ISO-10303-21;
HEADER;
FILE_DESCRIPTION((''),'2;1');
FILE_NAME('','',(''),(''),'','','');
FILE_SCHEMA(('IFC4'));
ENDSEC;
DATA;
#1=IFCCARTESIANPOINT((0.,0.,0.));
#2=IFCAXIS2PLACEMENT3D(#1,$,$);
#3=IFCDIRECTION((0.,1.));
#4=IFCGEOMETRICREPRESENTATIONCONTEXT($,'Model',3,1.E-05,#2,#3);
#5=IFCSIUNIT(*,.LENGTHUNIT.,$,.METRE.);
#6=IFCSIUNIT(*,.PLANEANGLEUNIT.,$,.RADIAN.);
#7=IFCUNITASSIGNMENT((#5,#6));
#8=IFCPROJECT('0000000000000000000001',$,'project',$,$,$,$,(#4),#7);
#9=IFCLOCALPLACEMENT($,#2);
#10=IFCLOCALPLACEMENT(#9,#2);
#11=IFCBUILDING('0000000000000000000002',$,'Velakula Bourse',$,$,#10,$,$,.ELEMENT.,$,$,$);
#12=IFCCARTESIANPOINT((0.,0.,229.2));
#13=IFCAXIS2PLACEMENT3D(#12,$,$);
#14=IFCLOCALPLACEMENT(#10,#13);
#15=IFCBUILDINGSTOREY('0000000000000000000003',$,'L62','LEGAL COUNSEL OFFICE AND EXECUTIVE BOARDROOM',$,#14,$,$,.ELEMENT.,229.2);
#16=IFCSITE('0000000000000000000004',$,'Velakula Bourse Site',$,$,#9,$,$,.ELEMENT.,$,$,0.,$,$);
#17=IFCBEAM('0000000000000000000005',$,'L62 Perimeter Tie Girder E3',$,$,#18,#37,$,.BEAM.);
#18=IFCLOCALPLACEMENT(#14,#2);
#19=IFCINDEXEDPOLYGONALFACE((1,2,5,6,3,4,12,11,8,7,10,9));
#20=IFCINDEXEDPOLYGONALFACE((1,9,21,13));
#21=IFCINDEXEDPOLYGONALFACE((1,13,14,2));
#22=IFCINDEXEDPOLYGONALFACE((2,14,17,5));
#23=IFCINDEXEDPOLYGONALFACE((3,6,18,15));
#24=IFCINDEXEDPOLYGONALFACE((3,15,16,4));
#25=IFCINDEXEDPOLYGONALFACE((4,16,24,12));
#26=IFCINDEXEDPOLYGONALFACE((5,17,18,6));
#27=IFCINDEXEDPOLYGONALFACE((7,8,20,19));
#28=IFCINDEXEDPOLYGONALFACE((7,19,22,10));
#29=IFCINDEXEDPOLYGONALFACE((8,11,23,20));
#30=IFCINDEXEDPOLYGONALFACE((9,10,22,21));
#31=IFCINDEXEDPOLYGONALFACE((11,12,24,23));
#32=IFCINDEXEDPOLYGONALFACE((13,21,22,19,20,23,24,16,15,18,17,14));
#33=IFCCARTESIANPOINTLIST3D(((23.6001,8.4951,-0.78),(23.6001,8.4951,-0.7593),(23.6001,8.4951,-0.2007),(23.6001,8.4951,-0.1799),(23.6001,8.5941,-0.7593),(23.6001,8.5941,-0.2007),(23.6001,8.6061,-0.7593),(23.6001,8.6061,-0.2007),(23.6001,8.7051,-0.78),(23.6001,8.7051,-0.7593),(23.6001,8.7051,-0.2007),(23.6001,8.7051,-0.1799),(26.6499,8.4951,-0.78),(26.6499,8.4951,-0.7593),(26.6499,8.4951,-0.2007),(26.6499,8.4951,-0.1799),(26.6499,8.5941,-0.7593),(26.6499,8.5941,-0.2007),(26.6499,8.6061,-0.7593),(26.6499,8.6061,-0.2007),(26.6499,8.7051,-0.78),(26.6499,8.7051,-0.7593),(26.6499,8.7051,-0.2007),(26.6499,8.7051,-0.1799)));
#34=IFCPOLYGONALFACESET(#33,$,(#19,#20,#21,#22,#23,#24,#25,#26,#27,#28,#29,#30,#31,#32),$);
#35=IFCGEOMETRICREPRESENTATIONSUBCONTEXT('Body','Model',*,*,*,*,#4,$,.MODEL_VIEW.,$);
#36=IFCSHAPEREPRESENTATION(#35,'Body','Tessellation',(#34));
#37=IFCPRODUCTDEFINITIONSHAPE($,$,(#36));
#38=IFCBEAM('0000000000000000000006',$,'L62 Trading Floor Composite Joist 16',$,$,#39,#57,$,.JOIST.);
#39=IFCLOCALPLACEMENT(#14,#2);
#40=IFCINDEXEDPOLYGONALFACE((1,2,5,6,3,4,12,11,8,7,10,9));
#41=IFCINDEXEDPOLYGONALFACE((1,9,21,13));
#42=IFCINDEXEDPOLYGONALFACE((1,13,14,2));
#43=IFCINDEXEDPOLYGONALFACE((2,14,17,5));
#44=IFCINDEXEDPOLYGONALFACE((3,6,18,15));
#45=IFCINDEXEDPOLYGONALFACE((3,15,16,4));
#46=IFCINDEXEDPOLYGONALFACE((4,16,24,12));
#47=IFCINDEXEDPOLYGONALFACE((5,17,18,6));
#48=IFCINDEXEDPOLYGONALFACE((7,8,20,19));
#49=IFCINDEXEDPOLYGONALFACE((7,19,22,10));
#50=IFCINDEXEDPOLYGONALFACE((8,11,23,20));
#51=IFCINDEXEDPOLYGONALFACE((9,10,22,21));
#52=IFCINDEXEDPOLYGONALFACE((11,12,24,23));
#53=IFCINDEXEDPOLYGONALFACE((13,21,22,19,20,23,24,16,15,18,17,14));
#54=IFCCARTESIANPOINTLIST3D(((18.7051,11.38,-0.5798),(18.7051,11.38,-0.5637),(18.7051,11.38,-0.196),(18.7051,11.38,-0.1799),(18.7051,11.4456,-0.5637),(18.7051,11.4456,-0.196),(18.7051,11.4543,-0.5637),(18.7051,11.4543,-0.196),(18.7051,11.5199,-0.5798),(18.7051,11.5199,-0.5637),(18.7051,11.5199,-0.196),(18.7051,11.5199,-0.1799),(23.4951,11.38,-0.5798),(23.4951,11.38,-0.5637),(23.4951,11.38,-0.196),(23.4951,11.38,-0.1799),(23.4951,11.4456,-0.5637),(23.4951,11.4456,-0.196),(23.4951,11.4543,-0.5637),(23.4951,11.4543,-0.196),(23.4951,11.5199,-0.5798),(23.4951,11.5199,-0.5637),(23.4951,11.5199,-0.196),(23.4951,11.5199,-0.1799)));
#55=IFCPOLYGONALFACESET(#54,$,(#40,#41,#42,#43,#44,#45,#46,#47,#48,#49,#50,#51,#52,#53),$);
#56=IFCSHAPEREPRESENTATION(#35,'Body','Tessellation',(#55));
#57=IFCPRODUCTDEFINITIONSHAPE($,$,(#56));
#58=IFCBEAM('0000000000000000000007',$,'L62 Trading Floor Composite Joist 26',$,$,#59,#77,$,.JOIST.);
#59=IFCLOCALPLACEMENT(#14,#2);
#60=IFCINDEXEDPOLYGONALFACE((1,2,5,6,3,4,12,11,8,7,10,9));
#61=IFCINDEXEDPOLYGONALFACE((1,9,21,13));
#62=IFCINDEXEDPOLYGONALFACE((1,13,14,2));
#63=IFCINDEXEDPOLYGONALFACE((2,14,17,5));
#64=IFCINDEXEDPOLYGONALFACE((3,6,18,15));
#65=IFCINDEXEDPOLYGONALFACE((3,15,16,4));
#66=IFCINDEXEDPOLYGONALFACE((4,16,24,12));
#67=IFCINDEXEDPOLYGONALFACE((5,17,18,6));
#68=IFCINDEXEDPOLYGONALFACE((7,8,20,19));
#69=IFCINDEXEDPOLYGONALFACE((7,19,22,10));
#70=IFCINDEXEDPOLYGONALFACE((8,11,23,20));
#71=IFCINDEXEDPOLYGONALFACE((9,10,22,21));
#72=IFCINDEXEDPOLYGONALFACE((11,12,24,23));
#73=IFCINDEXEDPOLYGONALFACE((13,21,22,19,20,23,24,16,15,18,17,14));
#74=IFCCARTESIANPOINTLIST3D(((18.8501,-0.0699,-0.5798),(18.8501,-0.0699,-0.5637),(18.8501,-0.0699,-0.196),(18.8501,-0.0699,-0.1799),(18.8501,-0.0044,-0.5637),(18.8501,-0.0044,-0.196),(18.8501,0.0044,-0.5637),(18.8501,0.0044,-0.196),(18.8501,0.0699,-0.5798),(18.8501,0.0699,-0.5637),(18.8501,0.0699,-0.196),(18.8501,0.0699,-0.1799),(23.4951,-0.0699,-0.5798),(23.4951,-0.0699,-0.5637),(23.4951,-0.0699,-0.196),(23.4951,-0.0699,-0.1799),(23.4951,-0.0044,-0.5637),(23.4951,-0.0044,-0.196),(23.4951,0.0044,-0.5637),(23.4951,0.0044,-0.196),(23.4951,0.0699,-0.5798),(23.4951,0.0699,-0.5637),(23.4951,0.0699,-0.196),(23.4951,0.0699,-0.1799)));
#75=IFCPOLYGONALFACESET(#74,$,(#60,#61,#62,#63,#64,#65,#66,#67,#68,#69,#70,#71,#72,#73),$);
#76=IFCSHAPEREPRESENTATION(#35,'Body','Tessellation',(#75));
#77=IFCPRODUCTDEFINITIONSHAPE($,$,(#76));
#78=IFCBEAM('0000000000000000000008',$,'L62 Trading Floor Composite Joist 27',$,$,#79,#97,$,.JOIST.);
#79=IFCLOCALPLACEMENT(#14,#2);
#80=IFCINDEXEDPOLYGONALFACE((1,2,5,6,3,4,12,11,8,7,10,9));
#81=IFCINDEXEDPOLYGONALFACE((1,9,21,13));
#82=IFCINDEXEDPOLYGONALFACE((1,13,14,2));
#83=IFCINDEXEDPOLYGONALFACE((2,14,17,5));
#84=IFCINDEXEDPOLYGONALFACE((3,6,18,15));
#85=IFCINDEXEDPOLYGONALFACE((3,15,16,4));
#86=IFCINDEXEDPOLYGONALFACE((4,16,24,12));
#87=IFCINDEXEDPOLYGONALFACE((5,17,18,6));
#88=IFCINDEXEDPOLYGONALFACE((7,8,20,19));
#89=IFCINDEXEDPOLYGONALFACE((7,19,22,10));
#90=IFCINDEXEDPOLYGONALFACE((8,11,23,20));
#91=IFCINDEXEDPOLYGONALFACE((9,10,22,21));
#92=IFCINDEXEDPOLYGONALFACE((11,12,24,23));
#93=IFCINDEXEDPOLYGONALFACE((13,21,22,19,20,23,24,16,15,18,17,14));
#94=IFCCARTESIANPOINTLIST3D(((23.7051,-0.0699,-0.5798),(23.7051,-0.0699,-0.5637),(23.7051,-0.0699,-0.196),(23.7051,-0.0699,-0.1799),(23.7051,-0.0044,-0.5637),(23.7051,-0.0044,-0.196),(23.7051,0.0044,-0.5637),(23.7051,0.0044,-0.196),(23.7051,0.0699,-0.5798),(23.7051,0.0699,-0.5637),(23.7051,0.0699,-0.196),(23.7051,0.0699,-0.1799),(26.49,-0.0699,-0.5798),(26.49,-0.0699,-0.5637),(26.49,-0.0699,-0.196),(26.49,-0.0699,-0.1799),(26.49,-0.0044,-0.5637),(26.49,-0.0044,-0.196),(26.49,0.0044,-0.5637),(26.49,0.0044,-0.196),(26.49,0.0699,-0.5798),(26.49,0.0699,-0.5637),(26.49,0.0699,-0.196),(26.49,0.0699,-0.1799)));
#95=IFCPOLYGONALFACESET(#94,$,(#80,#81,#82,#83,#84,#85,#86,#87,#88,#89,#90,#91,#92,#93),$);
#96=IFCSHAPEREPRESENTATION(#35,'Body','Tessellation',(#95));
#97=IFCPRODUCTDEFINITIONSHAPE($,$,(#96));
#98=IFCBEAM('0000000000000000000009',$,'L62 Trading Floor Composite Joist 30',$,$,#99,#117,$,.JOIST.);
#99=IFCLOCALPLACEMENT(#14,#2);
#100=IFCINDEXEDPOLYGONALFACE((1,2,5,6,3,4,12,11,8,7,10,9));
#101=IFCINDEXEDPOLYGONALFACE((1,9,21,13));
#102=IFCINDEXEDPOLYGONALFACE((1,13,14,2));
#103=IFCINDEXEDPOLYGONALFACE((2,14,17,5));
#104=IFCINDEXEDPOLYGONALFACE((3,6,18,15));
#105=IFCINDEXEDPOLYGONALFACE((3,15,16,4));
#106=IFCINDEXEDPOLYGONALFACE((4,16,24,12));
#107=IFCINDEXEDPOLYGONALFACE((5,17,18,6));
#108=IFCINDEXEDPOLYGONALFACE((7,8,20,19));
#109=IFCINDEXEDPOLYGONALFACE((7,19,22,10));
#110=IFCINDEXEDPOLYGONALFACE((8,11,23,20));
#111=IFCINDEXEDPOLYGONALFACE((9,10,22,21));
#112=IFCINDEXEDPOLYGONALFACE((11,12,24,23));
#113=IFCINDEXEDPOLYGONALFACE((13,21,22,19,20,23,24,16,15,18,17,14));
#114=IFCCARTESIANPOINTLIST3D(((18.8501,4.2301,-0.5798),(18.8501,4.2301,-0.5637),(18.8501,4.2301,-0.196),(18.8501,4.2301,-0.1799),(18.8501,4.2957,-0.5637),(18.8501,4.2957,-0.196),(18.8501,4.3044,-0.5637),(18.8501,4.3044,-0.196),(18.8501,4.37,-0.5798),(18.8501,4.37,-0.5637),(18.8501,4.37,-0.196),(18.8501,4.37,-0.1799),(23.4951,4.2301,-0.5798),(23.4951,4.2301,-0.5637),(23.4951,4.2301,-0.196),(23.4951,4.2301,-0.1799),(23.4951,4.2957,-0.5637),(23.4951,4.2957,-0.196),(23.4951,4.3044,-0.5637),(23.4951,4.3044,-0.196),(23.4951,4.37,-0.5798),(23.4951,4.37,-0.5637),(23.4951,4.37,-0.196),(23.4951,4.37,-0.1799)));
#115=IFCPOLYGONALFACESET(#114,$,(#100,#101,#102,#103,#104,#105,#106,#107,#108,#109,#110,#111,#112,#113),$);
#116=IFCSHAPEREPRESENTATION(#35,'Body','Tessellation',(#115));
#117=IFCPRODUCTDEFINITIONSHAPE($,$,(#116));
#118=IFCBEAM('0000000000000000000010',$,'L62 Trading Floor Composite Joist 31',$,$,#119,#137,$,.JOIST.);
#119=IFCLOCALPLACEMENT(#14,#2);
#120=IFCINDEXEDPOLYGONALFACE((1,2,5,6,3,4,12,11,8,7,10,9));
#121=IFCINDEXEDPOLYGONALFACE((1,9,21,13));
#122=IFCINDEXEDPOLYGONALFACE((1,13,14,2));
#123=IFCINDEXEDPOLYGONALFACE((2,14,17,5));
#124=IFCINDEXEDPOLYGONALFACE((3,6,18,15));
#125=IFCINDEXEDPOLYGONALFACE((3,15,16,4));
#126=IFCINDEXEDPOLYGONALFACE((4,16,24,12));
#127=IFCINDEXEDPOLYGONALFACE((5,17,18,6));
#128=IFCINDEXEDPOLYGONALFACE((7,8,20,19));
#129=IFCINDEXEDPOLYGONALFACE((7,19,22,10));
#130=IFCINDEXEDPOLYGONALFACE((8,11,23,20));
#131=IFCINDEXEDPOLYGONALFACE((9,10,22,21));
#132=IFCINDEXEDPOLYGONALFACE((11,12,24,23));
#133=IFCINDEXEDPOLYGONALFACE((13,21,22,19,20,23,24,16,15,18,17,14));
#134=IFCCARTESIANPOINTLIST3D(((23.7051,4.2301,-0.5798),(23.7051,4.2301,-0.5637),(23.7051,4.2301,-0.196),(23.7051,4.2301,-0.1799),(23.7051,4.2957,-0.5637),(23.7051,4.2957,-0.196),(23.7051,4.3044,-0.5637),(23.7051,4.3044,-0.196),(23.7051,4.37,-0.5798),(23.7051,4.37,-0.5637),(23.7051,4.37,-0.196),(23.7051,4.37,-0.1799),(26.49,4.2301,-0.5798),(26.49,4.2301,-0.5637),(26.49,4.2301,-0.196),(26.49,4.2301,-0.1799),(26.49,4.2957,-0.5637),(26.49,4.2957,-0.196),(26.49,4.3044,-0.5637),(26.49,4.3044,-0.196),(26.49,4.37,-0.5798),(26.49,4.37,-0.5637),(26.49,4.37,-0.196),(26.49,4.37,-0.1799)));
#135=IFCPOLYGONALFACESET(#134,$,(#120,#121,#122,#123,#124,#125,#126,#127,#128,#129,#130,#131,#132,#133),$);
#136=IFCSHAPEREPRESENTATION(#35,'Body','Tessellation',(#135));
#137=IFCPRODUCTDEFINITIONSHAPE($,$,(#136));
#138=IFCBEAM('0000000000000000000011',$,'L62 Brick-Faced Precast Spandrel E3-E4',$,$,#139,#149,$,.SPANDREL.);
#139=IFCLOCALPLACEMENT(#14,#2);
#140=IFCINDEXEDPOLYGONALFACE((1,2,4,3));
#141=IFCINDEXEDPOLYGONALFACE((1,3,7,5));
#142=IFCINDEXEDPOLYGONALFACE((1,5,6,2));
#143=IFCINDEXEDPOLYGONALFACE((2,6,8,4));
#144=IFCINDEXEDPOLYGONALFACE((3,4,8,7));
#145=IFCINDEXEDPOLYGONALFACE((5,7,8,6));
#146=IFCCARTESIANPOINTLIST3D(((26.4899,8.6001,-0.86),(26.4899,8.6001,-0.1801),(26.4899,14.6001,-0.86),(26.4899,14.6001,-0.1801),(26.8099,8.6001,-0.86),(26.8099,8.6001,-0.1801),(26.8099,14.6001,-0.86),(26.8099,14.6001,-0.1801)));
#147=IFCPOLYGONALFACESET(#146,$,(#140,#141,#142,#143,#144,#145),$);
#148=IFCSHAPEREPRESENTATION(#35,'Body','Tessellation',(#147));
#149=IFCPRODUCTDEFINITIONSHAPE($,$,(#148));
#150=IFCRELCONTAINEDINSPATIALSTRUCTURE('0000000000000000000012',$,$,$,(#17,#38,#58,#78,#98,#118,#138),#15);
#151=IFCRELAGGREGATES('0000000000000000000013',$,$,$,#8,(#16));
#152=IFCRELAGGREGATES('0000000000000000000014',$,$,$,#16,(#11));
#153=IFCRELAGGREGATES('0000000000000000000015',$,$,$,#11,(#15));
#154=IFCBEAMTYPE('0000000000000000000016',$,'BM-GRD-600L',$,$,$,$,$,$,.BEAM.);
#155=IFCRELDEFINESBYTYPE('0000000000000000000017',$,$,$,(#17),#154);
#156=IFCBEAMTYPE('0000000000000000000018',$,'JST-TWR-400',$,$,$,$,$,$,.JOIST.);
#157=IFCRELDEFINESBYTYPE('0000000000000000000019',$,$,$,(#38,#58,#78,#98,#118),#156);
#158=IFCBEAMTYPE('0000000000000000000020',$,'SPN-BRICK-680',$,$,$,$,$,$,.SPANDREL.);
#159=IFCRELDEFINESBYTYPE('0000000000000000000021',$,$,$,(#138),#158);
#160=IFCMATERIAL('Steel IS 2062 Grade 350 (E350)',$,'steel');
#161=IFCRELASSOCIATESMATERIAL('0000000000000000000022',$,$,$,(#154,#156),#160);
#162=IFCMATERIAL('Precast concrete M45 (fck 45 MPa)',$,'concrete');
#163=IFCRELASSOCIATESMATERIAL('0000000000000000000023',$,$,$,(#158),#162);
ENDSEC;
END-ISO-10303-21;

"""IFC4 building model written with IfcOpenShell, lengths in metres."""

from ifc_helpers import new_model, si_unit, direction, frame, origin, origin_2d, place, context, subcontext, project, spatial, rectangle, i_section, extrude, material, material_profile, profile_set, type_object, element, save


model = new_model("IFC4")

# Units and contexts
model_context = context("Model", 3, precision=1e-05, world=origin(), true_north=direction((0.0, 1.0)))
body_context = subcontext(model_context, "Body", "Model", "MODEL_VIEW")
ifc_project = project(units=[si_unit("LENGTHUNIT", "METRE"), si_unit("PLANEANGLEUNIT", "RADIAN")], contexts=[model_context])

# Site, building, storey
site_placement = place(None, origin())
site = spatial("IfcSite", under=ifc_project, at=site_placement, Name="Velakula Bourse Site", CompositionType="ELEMENT", RefElevation=0.0)
building_placement = place(site_placement, origin())
building = spatial("IfcBuilding", under=site, at=building_placement, Name="Velakula Bourse", CompositionType="ELEMENT")
storey_placement = place(building_placement, frame((0.0, 0.0, 229.2)))
storey = spatial("IfcBuildingStorey", under=building, at=storey_placement, Name="L62", Description="LEGAL COUNSEL OFFICE AND EXECUTIVE BOARDROOM", CompositionType="ELEMENT", Elevation=229.2)

# Shared definitions
ifc_material_1 = material(Name="Steel IS 2062 Grade 350 (E350)", Category="steel")

# Beams
ifc_material_profile_1 = material_profile(ifc_material_1, i_section(OverallWidth=0.21, OverallDepth=0.6001, WebThickness=0.012, FlangeThickness=0.0208, at=origin_2d()), Name="Steel IS 2062 Grade 350 (E350)")
ifc_profile_set_1 = profile_set([ifc_material_profile_1], Name="Steel IS 2062 Grade 350 (E350)")
beam_type_1 = type_object("IfcBeamType", Name="BM-GRD-600L", PredefinedType="BEAM", material=ifc_profile_set_1)
beam_1_placement = place(storey_placement, frame((23.6001, 8.6001, -0.48), z_axis=(1.0, 0.0, 0.0), x_axis=(0.0, 1.0, 0.0)))
element("IfcBeam", 1, at=beam_1_placement, inside=storey, type_object=beam_type_1, Name="L62 Perimeter Tie Girder E3", PredefinedType="BEAM", context=body_context, shape_type="SweptSolid", body=[
    extrude(i_section(OverallWidth=0.21, OverallDepth=0.6001, WebThickness=0.012, FlangeThickness=0.0208, at=origin_2d()), origin(), (0.0, 0.0, 1.0), 3.0498),
])
ifc_material_profile_2 = material_profile(ifc_material_1, i_section(OverallWidth=0.1399, OverallDepth=0.3999, WebThickness=0.0088, FlangeThickness=0.0161, at=origin_2d()), Name="Steel IS 2062 Grade 350 (E350)")
ifc_profile_set_2 = profile_set([ifc_material_profile_2], Name="Steel IS 2062 Grade 350 (E350)")
beam_type_2 = type_object("IfcBeamType", Name="JST-TWR-400", PredefinedType="JOIST", material=ifc_profile_set_2)
beam_2_placement = place(storey_placement, frame((18.7051, 11.45, -0.3799), z_axis=(1.0, 0.0, 0.0), x_axis=(0.0, 1.0, 0.0)))
element("IfcBeam", 2, at=beam_2_placement, inside=storey, type_object=beam_type_2, Name="L62 Trading Floor Composite Joist 16", PredefinedType="JOIST", context=body_context, shape_type="SweptSolid", body=[
    extrude(i_section(OverallWidth=0.1399, OverallDepth=0.3999, WebThickness=0.0088, FlangeThickness=0.0161, at=origin_2d()), origin(), (0.0, 0.0, 1.0), 4.79),
])
beam_3_placement = place(storey_placement, frame((18.8501, 0.0, -0.3799), z_axis=(1.0, 0.0, 0.0), x_axis=(0.0, 1.0, 0.0)))
element("IfcBeam", 3, at=beam_3_placement, inside=storey, type_object=beam_type_2, Name="L62 Trading Floor Composite Joist 26", PredefinedType="JOIST", context=body_context, shape_type="SweptSolid", body=[
    extrude(i_section(OverallWidth=0.1399, OverallDepth=0.3999, WebThickness=0.0088, FlangeThickness=0.0161, at=origin_2d()), origin(), (0.0, 0.0, 1.0), 4.645),
])
beam_4_placement = place(storey_placement, frame((23.7051, 0.0, -0.3799), z_axis=(1.0, 0.0, 0.0), x_axis=(0.0, 1.0, 0.0)))
element("IfcBeam", 4, at=beam_4_placement, inside=storey, type_object=beam_type_2, Name="L62 Trading Floor Composite Joist 27", PredefinedType="JOIST", context=body_context, shape_type="SweptSolid", body=[
    extrude(i_section(OverallWidth=0.1399, OverallDepth=0.3999, WebThickness=0.0088, FlangeThickness=0.0161, at=origin_2d()), origin(), (0.0, 0.0, 1.0), 2.7849),
])
beam_5_placement = place(storey_placement, frame((18.8501, 4.3, -0.3799), z_axis=(1.0, 0.0, 0.0), x_axis=(0.0, 1.0, 0.0)))
element("IfcBeam", 5, at=beam_5_placement, inside=storey, type_object=beam_type_2, Name="L62 Trading Floor Composite Joist 30", PredefinedType="JOIST", context=body_context, shape_type="SweptSolid", body=[
    extrude(i_section(OverallWidth=0.1399, OverallDepth=0.3999, WebThickness=0.0088, FlangeThickness=0.0161, at=origin_2d()), origin(), (0.0, 0.0, 1.0), 4.645),
])
beam_6_placement = place(storey_placement, frame((23.7051, 4.3, -0.3799), z_axis=(1.0, 0.0, 0.0), x_axis=(0.0, 1.0, 0.0)))
element("IfcBeam", 6, at=beam_6_placement, inside=storey, type_object=beam_type_2, Name="L62 Trading Floor Composite Joist 31", PredefinedType="JOIST", context=body_context, shape_type="SweptSolid", body=[
    extrude(i_section(OverallWidth=0.1399, OverallDepth=0.3999, WebThickness=0.0088, FlangeThickness=0.0161, at=origin_2d()), origin(), (0.0, 0.0, 1.0), 2.7849),
])
ifc_material_2 = material(Name="Precast concrete M45 (fck 45 MPa)", Category="concrete")
ifc_material_profile_3 = material_profile(ifc_material_2, rectangle(XDim=0.3201, YDim=0.6799, at=origin_2d()), Name="Precast concrete M45 (fck 45 MPa)")
ifc_profile_set_3 = profile_set([ifc_material_profile_3], Name="Precast concrete M45 (fck 45 MPa)")
beam_type_3 = type_object("IfcBeamType", Name="SPN-BRICK-680", PredefinedType="SPANDREL", material=ifc_profile_set_3)
beam_7_placement = place(storey_placement, frame((26.6499, 8.6001, -0.52), z_axis=(0.0, 1.0, 0.0), x_axis=(-1.0, 0.0, 0.0)))
element("IfcBeam", 7, at=beam_7_placement, inside=storey, type_object=beam_type_3, Name="L62 Brick-Faced Precast Spandrel E3-E4", PredefinedType="SPANDREL", context=body_context, shape_type="SweptSolid", body=[
    extrude(rectangle(XDim=0.3201, YDim=0.6799, at=origin_2d()), origin(), (0.0, 0.0, 1.0), 6.0),
])

save(model, "model.ifc")
